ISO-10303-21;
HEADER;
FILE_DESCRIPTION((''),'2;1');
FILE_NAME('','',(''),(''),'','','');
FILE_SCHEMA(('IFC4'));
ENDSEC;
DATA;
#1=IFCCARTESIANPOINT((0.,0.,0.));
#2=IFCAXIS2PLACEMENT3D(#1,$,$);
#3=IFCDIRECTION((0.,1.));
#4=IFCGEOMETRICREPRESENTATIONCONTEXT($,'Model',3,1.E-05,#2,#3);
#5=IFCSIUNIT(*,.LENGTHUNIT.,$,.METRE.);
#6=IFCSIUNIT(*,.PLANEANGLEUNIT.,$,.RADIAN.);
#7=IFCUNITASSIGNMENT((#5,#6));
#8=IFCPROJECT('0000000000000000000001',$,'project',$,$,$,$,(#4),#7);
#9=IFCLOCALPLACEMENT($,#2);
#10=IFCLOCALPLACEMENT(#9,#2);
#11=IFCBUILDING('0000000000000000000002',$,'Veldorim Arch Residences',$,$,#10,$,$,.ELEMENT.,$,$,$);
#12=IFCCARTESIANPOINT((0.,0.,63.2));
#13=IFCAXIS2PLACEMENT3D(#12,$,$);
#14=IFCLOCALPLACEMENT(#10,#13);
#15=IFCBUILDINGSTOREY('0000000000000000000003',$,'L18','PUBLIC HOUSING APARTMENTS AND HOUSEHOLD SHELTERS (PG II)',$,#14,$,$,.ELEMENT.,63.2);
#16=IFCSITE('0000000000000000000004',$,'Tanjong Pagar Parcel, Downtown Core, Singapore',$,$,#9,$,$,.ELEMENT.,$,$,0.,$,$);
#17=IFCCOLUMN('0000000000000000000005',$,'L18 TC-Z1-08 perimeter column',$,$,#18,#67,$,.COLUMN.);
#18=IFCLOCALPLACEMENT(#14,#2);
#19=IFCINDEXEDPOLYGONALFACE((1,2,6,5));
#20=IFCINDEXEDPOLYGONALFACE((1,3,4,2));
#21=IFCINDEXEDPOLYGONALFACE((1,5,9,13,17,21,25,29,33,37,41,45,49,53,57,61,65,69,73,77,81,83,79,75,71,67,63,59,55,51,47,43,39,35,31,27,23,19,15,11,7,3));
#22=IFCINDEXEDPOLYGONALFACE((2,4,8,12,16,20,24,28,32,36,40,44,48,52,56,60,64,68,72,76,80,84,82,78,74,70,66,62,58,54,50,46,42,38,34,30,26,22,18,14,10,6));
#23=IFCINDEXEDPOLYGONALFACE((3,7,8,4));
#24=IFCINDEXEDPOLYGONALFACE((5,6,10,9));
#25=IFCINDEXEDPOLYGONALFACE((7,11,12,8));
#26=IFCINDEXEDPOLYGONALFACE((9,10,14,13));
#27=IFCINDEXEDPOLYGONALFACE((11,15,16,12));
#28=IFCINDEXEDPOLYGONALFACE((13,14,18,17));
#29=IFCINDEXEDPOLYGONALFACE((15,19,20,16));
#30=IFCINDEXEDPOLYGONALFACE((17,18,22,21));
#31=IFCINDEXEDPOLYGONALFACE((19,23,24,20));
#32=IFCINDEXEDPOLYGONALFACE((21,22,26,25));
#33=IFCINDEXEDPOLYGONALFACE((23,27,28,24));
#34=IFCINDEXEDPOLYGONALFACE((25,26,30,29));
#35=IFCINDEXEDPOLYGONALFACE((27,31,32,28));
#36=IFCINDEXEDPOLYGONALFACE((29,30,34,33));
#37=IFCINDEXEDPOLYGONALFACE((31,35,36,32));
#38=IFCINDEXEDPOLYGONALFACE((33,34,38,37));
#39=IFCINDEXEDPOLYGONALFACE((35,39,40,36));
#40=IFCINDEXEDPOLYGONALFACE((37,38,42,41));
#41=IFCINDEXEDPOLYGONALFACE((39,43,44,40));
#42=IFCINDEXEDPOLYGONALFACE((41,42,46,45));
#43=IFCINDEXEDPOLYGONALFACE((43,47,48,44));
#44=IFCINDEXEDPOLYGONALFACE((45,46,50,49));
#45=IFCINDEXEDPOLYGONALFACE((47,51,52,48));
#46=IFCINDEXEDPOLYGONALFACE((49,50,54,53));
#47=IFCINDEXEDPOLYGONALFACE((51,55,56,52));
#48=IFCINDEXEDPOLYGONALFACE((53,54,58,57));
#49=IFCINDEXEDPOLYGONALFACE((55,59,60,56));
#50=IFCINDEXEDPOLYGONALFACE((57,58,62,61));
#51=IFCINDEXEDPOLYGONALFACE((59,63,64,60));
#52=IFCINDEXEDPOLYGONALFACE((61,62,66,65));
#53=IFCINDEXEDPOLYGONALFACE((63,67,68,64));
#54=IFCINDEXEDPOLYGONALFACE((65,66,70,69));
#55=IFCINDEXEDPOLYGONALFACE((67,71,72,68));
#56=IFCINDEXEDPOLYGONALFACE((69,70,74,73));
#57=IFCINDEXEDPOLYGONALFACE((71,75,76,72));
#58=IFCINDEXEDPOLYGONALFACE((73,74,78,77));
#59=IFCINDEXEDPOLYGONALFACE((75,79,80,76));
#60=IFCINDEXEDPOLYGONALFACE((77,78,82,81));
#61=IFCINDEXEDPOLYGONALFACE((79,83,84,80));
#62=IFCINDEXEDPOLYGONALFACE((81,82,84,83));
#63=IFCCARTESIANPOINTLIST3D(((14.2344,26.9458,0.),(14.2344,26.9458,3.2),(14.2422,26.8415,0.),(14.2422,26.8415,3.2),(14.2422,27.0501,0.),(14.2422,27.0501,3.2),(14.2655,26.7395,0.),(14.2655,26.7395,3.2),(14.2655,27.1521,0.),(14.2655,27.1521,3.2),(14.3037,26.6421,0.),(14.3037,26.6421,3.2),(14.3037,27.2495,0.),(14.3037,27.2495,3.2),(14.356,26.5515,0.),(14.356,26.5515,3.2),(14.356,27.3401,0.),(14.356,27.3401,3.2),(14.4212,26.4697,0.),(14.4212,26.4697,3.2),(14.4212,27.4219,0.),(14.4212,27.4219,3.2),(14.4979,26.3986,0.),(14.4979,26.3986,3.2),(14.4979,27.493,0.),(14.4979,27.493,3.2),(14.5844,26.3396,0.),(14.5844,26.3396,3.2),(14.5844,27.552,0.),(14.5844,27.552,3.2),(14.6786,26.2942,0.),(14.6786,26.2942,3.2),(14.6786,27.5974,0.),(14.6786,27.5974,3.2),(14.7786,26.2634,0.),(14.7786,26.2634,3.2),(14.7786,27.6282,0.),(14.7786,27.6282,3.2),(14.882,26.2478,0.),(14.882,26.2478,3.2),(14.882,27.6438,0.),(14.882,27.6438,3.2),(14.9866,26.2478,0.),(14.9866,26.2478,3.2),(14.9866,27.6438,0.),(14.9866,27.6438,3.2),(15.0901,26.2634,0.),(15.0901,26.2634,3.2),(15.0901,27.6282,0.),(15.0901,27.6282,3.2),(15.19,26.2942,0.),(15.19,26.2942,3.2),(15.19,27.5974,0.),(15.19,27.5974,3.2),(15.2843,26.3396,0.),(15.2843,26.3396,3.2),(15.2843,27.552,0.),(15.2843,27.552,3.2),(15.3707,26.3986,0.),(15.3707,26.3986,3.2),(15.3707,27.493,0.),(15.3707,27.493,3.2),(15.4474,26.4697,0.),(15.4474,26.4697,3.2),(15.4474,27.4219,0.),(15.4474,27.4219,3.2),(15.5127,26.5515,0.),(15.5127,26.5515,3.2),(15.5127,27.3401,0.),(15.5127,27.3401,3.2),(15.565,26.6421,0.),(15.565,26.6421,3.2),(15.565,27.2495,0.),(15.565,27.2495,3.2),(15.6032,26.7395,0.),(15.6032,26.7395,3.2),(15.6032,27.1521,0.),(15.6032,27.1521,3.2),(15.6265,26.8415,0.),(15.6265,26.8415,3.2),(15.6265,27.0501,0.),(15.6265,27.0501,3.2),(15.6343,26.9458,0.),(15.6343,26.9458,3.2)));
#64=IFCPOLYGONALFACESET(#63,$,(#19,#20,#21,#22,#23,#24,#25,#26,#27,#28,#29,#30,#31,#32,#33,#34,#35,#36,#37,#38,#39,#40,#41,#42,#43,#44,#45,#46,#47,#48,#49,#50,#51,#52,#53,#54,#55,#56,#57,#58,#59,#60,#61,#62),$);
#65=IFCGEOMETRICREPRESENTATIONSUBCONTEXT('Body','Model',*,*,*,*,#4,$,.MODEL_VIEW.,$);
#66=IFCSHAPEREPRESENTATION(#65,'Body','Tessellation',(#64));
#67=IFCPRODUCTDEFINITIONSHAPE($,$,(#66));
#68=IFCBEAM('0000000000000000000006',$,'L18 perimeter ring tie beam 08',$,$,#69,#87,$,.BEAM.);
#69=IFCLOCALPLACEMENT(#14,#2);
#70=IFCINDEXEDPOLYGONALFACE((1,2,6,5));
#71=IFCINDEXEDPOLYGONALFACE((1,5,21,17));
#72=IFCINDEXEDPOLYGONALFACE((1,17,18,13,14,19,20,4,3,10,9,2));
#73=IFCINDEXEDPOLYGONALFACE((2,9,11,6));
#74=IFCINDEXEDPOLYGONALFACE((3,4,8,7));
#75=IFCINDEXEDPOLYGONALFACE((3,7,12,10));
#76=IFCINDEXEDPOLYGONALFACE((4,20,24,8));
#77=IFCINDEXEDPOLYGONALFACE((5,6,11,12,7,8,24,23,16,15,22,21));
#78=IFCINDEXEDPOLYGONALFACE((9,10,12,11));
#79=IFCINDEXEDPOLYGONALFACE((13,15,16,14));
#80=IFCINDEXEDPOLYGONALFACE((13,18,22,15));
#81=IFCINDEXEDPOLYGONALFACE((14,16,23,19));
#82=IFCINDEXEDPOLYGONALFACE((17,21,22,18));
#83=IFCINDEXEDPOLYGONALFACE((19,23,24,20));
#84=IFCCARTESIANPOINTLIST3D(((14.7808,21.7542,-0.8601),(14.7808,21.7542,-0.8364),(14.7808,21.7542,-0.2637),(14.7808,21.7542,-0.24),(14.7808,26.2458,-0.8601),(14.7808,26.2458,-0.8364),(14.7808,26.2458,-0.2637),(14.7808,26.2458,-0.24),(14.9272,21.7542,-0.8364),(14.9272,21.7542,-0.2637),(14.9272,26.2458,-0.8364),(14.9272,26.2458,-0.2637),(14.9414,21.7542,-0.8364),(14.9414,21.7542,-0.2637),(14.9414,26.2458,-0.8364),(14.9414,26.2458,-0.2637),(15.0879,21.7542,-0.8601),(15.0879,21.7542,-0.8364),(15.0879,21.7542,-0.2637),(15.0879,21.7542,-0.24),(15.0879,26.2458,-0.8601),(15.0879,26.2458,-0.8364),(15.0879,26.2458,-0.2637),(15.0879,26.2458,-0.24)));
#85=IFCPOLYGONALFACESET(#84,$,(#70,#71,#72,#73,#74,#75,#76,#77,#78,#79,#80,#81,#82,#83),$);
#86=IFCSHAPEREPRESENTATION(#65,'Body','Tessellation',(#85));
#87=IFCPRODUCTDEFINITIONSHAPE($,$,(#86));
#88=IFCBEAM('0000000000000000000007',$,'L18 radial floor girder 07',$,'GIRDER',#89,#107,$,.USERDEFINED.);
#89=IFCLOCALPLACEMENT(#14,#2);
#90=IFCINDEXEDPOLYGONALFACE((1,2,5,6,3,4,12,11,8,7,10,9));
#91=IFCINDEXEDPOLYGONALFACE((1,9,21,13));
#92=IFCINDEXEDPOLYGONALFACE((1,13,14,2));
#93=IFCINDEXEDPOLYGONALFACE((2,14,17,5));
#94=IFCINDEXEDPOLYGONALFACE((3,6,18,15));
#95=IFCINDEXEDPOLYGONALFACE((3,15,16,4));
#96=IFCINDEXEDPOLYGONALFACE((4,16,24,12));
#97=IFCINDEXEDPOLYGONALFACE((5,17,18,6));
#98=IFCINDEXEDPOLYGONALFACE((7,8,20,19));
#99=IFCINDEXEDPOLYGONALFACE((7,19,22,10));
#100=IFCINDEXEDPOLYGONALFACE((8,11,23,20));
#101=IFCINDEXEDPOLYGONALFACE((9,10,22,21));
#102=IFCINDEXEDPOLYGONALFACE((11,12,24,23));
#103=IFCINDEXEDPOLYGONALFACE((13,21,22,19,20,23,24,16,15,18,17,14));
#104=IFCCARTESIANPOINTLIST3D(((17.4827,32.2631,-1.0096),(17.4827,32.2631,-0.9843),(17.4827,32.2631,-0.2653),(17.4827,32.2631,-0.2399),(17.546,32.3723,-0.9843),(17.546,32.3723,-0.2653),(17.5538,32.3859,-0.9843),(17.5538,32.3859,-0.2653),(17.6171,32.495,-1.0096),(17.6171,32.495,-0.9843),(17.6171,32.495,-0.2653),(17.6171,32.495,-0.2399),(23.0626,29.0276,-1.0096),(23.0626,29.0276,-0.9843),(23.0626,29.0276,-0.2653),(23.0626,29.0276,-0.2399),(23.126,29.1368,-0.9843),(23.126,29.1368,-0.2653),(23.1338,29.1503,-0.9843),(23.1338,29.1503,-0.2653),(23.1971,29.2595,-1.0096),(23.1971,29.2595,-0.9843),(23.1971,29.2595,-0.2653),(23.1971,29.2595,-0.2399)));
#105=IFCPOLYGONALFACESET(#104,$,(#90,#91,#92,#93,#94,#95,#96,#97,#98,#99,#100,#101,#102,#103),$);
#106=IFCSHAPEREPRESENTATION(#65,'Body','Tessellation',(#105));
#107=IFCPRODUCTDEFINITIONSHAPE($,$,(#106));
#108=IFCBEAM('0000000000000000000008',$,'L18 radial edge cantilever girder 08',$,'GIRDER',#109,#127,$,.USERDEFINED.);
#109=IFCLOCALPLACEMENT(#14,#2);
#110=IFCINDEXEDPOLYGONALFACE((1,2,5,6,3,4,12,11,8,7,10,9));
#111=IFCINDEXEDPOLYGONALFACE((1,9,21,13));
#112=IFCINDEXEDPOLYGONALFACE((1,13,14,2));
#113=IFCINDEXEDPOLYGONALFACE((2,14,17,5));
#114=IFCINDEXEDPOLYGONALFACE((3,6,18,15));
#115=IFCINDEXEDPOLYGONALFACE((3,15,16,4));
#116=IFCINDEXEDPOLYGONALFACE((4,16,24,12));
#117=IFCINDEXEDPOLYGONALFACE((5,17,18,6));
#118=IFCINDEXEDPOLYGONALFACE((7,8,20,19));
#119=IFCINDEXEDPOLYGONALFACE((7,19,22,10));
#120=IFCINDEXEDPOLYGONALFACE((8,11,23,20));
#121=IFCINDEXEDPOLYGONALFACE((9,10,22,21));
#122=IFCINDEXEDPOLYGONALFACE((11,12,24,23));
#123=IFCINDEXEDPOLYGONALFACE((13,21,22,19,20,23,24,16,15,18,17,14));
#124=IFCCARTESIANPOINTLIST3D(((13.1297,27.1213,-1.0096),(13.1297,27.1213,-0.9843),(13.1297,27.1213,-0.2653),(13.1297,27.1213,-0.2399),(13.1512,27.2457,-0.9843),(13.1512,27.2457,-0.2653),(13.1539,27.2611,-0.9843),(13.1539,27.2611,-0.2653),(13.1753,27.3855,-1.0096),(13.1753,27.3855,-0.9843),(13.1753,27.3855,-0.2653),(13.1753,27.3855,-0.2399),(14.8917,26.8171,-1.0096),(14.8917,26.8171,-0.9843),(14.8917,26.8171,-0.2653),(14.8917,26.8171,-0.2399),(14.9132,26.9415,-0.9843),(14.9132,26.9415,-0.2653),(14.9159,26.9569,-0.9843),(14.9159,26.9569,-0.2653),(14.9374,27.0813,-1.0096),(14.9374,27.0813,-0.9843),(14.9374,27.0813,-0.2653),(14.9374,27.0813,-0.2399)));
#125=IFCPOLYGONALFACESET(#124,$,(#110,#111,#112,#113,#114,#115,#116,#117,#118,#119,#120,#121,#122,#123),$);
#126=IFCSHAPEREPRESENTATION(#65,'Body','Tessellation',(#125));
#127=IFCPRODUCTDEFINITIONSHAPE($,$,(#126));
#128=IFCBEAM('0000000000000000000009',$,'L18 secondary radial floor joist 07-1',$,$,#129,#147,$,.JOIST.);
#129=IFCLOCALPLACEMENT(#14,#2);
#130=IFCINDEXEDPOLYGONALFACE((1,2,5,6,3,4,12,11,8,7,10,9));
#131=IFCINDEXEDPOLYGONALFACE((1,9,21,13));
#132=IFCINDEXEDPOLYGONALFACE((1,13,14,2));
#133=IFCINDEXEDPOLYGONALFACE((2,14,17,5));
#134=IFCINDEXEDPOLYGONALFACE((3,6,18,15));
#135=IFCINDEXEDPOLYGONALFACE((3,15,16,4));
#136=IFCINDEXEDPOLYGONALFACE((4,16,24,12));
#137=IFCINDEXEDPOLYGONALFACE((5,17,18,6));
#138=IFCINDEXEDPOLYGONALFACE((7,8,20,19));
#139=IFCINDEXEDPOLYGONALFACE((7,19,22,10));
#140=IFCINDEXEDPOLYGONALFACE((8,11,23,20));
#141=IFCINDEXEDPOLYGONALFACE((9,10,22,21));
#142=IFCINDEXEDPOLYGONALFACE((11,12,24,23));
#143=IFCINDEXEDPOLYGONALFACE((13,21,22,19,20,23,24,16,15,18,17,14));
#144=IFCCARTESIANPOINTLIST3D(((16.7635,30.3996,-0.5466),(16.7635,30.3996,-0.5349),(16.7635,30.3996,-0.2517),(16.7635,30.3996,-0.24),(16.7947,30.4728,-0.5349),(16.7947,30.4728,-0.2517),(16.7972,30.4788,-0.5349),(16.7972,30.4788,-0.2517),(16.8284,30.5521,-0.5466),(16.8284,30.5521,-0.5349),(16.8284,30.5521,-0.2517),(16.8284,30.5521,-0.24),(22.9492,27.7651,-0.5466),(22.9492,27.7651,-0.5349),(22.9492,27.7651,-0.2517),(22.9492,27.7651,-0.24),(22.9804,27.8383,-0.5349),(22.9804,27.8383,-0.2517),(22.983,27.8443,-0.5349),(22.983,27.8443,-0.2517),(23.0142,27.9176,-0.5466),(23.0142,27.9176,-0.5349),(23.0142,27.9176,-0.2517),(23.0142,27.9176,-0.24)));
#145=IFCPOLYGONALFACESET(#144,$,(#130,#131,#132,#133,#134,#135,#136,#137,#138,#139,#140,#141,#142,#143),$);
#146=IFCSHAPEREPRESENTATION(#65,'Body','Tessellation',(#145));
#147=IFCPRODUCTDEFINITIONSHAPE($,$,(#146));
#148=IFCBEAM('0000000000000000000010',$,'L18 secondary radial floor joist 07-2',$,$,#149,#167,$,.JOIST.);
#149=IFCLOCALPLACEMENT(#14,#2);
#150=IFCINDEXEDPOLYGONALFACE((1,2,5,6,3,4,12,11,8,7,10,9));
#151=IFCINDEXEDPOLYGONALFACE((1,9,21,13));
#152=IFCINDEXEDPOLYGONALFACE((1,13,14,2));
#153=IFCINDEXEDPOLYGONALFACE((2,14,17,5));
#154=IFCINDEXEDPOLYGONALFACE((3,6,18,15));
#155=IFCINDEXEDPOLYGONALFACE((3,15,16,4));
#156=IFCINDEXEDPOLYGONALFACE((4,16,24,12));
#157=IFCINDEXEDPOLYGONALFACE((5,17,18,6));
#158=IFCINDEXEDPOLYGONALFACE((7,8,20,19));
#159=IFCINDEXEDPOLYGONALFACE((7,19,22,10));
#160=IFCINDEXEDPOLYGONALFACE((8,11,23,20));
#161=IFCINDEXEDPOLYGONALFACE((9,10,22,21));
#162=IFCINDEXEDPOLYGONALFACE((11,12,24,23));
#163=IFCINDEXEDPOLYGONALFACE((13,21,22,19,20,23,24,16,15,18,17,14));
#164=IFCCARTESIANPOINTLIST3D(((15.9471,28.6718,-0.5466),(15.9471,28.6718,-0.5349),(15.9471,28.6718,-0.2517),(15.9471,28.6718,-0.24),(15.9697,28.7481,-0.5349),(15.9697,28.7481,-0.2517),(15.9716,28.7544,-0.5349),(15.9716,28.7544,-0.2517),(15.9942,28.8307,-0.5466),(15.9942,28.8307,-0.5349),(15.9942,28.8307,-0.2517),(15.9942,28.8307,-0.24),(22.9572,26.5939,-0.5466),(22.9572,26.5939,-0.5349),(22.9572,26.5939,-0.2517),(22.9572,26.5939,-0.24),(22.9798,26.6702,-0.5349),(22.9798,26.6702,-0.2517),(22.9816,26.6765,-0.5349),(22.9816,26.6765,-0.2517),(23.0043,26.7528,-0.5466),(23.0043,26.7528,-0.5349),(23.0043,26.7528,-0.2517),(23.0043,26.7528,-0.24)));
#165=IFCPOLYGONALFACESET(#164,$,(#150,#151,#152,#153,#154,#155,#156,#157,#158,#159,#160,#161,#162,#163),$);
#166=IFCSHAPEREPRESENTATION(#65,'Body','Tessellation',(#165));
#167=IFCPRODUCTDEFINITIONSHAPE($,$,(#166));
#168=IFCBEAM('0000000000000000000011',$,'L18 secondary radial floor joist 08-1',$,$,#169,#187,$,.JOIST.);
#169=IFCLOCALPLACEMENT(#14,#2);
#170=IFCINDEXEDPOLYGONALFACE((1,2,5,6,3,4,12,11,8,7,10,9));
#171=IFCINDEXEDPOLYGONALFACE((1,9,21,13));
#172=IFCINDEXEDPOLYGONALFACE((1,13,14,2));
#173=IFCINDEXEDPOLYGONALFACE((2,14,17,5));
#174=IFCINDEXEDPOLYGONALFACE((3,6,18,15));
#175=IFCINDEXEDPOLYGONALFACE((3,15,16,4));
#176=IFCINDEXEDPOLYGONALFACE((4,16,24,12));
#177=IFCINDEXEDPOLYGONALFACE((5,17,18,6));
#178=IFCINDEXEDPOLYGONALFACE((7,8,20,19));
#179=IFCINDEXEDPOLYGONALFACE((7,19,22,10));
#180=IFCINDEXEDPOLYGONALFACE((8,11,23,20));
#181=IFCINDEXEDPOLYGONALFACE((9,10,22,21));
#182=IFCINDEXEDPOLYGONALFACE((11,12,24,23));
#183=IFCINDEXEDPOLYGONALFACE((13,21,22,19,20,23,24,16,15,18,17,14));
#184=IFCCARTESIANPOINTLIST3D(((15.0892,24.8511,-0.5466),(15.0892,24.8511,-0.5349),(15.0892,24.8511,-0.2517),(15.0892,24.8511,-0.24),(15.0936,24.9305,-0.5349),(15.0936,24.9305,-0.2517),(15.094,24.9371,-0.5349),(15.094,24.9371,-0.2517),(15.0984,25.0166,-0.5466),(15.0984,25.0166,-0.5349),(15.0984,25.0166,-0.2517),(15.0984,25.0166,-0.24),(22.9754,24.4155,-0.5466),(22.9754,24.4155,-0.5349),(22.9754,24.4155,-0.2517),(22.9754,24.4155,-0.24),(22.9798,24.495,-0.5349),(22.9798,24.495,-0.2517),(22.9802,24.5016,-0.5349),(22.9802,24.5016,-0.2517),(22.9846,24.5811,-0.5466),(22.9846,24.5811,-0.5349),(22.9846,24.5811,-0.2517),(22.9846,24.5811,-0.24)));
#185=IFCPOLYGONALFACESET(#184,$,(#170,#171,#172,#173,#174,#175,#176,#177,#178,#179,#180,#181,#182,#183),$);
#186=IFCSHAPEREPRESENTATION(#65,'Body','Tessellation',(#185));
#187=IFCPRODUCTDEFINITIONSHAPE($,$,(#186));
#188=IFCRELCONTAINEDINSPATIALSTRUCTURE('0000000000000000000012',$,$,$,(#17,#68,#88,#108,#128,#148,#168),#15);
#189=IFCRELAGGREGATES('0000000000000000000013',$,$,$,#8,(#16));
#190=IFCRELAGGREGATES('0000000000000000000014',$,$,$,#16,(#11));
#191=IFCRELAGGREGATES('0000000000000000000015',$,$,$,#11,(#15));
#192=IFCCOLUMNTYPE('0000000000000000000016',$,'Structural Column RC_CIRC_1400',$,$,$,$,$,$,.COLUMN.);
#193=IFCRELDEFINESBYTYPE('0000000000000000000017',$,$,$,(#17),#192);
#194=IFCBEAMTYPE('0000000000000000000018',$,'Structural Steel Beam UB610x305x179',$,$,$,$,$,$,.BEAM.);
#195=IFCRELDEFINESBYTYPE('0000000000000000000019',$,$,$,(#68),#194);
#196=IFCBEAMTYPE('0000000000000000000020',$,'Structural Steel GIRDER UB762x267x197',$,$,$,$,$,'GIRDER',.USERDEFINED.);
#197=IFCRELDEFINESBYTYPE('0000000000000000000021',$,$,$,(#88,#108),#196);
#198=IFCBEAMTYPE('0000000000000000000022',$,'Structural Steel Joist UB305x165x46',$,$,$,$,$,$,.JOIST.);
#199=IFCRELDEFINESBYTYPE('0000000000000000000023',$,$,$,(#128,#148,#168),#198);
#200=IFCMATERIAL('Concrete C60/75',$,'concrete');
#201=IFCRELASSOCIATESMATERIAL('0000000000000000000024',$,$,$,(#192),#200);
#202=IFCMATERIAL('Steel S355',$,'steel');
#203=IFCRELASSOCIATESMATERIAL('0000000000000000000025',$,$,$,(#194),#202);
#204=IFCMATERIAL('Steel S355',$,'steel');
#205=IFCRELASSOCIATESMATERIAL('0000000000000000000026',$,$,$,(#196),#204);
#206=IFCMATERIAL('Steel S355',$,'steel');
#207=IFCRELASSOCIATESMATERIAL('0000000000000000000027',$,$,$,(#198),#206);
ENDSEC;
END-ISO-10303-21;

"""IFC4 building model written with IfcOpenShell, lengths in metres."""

from ifc_helpers import new_model, si_unit, direction, frame, origin, origin_2d, place, context, subcontext, project, spatial, circle, i_section, extrude, material, material_profile, profile_set, type_object, element, save


model = new_model("IFC4")

# Units and contexts
model_context = context("Model", 3, precision=1e-05, world=origin(), true_north=direction((0.0, 1.0)))
body_context = subcontext(model_context, "Body", "Model", "MODEL_VIEW")
ifc_project = project(units=[si_unit("LENGTHUNIT", "METRE"), si_unit("PLANEANGLEUNIT", "RADIAN")], contexts=[model_context])

# Site, building, storey
site_placement = place(None, origin())
site = spatial("IfcSite", under=ifc_project, at=site_placement, Name="Tanjong Pagar Parcel, Downtown Core, Singapore", CompositionType="ELEMENT", RefElevation=0.0)
building_placement = place(site_placement, origin())
building = spatial("IfcBuilding", under=site, at=building_placement, Name="Veldorim Arch Residences", CompositionType="ELEMENT")
storey_placement = place(building_placement, frame((0.0, 0.0, 63.2)))
storey = spatial("IfcBuildingStorey", under=building, at=storey_placement, Name="L18", Description="PUBLIC HOUSING APARTMENTS AND HOUSEHOLD SHELTERS (PG II)", CompositionType="ELEMENT", Elevation=63.2)

# Column
ifc_material_1 = material(Name="Concrete C60/75", Category="concrete")
ifc_material_profile_1 = material_profile(ifc_material_1, circle(Radius=0.7, at=origin_2d()), Name="RC_CIRC_1400")
ifc_profile_set_1 = profile_set([ifc_material_profile_1], Name="Concrete C60/75")
column_type = type_object("IfcColumnType", Name="Structural Column RC_CIRC_1400", PredefinedType="COLUMN", material=ifc_profile_set_1)
column_placement = place(storey_placement, frame((14.9343, 26.9458, 0.0), z_axis=(0.0, 0.0, 1.0), x_axis=(1.0, 0.0, 0.0)))
element("IfcColumn", 1, at=column_placement, inside=storey, type_object=column_type, Name="L18 TC-Z1-08 perimeter column", PredefinedType="COLUMN", context=body_context, shape_type="SweptSolid", body=[
    extrude(circle(Radius=0.7, at=origin_2d()), origin(), (0.0, 0.0, 1.0), 3.2),
])

# Beams
ifc_material_2 = material(Name="Steel S355", Category="steel")
ifc_material_profile_2 = material_profile(ifc_material_2, i_section(OverallWidth=0.3071, OverallDepth=0.6201, WebThickness=0.0142, FlangeThickness=0.0237, at=origin_2d()), Name="UB610x305x179")
ifc_profile_set_2 = profile_set([ifc_material_profile_2], Name="Steel S355")
beam_type_1 = type_object("IfcBeamType", Name="Structural Steel Beam UB610x305x179", PredefinedType="BEAM", material=ifc_profile_set_2)
beam_1_placement = place(storey_placement, frame((14.9343, 26.2458, -0.55), z_axis=(0.0, -1.0, 0.0), x_axis=(1.0, 0.0, 0.0)))
element("IfcBeam", 2, at=beam_1_placement, inside=storey, type_object=beam_type_1, Name="L18 perimeter ring tie beam 08", PredefinedType="BEAM", context=body_context, shape_type="SweptSolid", body=[
    extrude(i_section(OverallWidth=0.3071, OverallDepth=0.6201, WebThickness=0.0142, FlangeThickness=0.0237, at=origin_2d()), origin(), (0.0, 0.0, 1.0), 4.4917),
])
ifc_material_3 = material(Name="Steel S355", Category="steel")
ifc_material_profile_3 = material_profile(ifc_material_3, i_section(OverallWidth=0.2681, OverallDepth=0.7698, WebThickness=0.0156, FlangeThickness=0.0254, at=origin_2d()), Name="UB762x267x197")
ifc_profile_set_3 = profile_set([ifc_material_profile_3], Name="Steel S355")
beam_type_2 = type_object("IfcBeamType", Name="Structural Steel GIRDER UB762x267x197", ElementType="GIRDER", PredefinedType="USERDEFINED", material=ifc_profile_set_3)
beam_2_placement = place(storey_placement, frame((23.1299, 29.1436, -0.6248), z_axis=(-0.865088, 0.50162, 0.0), x_axis=(-0.50162, -0.865088, 0.0)))
element("IfcBeam", 3, at=beam_2_placement, inside=storey, type_object=beam_type_2, Name="L18 radial floor girder 07", ObjectType="GIRDER", PredefinedType="USERDEFINED", context=body_context, shape_type="SweptSolid", body=[
    extrude(i_section(OverallWidth=0.2681, OverallDepth=0.7698, WebThickness=0.0156, FlangeThickness=0.0254, at=origin_2d()), origin(), (0.0, 0.0, 1.0), 6.4502),
])
beam_3_placement = place(storey_placement, frame((14.9146, 26.9492, -0.6248), z_axis=(-0.985421, 0.170131, 0.0), x_axis=(-0.170131, -0.985421, 0.0)))
element("IfcBeam", 4, at=beam_3_placement, inside=storey, type_object=beam_type_2, Name="L18 radial edge cantilever girder 08", ObjectType="GIRDER", PredefinedType="USERDEFINED", context=body_context, shape_type="SweptSolid", body=[
    extrude(i_section(OverallWidth=0.2681, OverallDepth=0.7698, WebThickness=0.0156, FlangeThickness=0.0254, at=origin_2d()), origin(), (0.0, 0.0, 1.0), 1.7881),
])
ifc_material_4 = material(Name="Steel S355", Category="steel")
ifc_material_profile_4 = material_profile(ifc_material_4, i_section(OverallWidth=0.1658, OverallDepth=0.3066, WebThickness=0.0066, FlangeThickness=0.0117, at=origin_2d()), Name="UB305x165x46")
ifc_profile_set_4 = profile_set([ifc_material_profile_4], Name="Steel S355")
beam_type_3 = type_object("IfcBeamType", Name="Structural Steel Joist UB305x165x46", PredefinedType="JOIST", material=ifc_profile_set_4)
beam_4_placement = place(storey_placement, frame((22.9817, 27.8413, -0.3933), z_axis=(-0.920033, 0.391841, 0.0), x_axis=(-0.391841, -0.920033, 0.0)))
element("IfcBeam", 5, at=beam_4_placement, inside=storey, type_object=beam_type_3, Name="L18 secondary radial floor joist 07-1", PredefinedType="JOIST", context=body_context, shape_type="SweptSolid", body=[
    extrude(i_section(OverallWidth=0.1658, OverallDepth=0.3066, WebThickness=0.0066, FlangeThickness=0.0117, at=origin_2d()), origin(), (0.0, 0.0, 1.0), 6.7234),
])
beam_5_placement = place(storey_placement, frame((22.9807, 26.6733, -0.3933), z_axis=(-0.958767, 0.284194, 0.0), x_axis=(-0.284194, -0.958767, 0.0)))
element("IfcBeam", 6, at=beam_5_placement, inside=storey, type_object=beam_type_3, Name="L18 secondary radial floor joist 07-2", PredefinedType="JOIST", context=body_context, shape_type="SweptSolid", body=[
    extrude(i_section(OverallWidth=0.1658, OverallDepth=0.3066, WebThickness=0.0066, FlangeThickness=0.0117, at=origin_2d()), origin(), (0.0, 0.0, 1.0), 7.3115),
])
for number, where, z_axis, x_axis, name in (
    (7, (22.98, 24.4983, -0.3933), (-0.998478, 0.055145, 0.0), (-0.055145, -0.998478, 0.0), "L18 secondary radial floor joist 08-1"),
):
    element("IfcBeam", number, at=place(storey_placement, frame(where, z_axis=z_axis, x_axis=x_axis)), inside=storey, type_object=beam_type_3, Name=name, PredefinedType="JOIST", context=body_context, shape_type="SweptSolid", body=[
        extrude(i_section(OverallWidth=0.1658, OverallDepth=0.3066, WebThickness=0.0066, FlangeThickness=0.0117, at=origin_2d()), origin(), (0.0, 0.0, 1.0), 7.8982),
    ])

save(model, "model.ifc")
